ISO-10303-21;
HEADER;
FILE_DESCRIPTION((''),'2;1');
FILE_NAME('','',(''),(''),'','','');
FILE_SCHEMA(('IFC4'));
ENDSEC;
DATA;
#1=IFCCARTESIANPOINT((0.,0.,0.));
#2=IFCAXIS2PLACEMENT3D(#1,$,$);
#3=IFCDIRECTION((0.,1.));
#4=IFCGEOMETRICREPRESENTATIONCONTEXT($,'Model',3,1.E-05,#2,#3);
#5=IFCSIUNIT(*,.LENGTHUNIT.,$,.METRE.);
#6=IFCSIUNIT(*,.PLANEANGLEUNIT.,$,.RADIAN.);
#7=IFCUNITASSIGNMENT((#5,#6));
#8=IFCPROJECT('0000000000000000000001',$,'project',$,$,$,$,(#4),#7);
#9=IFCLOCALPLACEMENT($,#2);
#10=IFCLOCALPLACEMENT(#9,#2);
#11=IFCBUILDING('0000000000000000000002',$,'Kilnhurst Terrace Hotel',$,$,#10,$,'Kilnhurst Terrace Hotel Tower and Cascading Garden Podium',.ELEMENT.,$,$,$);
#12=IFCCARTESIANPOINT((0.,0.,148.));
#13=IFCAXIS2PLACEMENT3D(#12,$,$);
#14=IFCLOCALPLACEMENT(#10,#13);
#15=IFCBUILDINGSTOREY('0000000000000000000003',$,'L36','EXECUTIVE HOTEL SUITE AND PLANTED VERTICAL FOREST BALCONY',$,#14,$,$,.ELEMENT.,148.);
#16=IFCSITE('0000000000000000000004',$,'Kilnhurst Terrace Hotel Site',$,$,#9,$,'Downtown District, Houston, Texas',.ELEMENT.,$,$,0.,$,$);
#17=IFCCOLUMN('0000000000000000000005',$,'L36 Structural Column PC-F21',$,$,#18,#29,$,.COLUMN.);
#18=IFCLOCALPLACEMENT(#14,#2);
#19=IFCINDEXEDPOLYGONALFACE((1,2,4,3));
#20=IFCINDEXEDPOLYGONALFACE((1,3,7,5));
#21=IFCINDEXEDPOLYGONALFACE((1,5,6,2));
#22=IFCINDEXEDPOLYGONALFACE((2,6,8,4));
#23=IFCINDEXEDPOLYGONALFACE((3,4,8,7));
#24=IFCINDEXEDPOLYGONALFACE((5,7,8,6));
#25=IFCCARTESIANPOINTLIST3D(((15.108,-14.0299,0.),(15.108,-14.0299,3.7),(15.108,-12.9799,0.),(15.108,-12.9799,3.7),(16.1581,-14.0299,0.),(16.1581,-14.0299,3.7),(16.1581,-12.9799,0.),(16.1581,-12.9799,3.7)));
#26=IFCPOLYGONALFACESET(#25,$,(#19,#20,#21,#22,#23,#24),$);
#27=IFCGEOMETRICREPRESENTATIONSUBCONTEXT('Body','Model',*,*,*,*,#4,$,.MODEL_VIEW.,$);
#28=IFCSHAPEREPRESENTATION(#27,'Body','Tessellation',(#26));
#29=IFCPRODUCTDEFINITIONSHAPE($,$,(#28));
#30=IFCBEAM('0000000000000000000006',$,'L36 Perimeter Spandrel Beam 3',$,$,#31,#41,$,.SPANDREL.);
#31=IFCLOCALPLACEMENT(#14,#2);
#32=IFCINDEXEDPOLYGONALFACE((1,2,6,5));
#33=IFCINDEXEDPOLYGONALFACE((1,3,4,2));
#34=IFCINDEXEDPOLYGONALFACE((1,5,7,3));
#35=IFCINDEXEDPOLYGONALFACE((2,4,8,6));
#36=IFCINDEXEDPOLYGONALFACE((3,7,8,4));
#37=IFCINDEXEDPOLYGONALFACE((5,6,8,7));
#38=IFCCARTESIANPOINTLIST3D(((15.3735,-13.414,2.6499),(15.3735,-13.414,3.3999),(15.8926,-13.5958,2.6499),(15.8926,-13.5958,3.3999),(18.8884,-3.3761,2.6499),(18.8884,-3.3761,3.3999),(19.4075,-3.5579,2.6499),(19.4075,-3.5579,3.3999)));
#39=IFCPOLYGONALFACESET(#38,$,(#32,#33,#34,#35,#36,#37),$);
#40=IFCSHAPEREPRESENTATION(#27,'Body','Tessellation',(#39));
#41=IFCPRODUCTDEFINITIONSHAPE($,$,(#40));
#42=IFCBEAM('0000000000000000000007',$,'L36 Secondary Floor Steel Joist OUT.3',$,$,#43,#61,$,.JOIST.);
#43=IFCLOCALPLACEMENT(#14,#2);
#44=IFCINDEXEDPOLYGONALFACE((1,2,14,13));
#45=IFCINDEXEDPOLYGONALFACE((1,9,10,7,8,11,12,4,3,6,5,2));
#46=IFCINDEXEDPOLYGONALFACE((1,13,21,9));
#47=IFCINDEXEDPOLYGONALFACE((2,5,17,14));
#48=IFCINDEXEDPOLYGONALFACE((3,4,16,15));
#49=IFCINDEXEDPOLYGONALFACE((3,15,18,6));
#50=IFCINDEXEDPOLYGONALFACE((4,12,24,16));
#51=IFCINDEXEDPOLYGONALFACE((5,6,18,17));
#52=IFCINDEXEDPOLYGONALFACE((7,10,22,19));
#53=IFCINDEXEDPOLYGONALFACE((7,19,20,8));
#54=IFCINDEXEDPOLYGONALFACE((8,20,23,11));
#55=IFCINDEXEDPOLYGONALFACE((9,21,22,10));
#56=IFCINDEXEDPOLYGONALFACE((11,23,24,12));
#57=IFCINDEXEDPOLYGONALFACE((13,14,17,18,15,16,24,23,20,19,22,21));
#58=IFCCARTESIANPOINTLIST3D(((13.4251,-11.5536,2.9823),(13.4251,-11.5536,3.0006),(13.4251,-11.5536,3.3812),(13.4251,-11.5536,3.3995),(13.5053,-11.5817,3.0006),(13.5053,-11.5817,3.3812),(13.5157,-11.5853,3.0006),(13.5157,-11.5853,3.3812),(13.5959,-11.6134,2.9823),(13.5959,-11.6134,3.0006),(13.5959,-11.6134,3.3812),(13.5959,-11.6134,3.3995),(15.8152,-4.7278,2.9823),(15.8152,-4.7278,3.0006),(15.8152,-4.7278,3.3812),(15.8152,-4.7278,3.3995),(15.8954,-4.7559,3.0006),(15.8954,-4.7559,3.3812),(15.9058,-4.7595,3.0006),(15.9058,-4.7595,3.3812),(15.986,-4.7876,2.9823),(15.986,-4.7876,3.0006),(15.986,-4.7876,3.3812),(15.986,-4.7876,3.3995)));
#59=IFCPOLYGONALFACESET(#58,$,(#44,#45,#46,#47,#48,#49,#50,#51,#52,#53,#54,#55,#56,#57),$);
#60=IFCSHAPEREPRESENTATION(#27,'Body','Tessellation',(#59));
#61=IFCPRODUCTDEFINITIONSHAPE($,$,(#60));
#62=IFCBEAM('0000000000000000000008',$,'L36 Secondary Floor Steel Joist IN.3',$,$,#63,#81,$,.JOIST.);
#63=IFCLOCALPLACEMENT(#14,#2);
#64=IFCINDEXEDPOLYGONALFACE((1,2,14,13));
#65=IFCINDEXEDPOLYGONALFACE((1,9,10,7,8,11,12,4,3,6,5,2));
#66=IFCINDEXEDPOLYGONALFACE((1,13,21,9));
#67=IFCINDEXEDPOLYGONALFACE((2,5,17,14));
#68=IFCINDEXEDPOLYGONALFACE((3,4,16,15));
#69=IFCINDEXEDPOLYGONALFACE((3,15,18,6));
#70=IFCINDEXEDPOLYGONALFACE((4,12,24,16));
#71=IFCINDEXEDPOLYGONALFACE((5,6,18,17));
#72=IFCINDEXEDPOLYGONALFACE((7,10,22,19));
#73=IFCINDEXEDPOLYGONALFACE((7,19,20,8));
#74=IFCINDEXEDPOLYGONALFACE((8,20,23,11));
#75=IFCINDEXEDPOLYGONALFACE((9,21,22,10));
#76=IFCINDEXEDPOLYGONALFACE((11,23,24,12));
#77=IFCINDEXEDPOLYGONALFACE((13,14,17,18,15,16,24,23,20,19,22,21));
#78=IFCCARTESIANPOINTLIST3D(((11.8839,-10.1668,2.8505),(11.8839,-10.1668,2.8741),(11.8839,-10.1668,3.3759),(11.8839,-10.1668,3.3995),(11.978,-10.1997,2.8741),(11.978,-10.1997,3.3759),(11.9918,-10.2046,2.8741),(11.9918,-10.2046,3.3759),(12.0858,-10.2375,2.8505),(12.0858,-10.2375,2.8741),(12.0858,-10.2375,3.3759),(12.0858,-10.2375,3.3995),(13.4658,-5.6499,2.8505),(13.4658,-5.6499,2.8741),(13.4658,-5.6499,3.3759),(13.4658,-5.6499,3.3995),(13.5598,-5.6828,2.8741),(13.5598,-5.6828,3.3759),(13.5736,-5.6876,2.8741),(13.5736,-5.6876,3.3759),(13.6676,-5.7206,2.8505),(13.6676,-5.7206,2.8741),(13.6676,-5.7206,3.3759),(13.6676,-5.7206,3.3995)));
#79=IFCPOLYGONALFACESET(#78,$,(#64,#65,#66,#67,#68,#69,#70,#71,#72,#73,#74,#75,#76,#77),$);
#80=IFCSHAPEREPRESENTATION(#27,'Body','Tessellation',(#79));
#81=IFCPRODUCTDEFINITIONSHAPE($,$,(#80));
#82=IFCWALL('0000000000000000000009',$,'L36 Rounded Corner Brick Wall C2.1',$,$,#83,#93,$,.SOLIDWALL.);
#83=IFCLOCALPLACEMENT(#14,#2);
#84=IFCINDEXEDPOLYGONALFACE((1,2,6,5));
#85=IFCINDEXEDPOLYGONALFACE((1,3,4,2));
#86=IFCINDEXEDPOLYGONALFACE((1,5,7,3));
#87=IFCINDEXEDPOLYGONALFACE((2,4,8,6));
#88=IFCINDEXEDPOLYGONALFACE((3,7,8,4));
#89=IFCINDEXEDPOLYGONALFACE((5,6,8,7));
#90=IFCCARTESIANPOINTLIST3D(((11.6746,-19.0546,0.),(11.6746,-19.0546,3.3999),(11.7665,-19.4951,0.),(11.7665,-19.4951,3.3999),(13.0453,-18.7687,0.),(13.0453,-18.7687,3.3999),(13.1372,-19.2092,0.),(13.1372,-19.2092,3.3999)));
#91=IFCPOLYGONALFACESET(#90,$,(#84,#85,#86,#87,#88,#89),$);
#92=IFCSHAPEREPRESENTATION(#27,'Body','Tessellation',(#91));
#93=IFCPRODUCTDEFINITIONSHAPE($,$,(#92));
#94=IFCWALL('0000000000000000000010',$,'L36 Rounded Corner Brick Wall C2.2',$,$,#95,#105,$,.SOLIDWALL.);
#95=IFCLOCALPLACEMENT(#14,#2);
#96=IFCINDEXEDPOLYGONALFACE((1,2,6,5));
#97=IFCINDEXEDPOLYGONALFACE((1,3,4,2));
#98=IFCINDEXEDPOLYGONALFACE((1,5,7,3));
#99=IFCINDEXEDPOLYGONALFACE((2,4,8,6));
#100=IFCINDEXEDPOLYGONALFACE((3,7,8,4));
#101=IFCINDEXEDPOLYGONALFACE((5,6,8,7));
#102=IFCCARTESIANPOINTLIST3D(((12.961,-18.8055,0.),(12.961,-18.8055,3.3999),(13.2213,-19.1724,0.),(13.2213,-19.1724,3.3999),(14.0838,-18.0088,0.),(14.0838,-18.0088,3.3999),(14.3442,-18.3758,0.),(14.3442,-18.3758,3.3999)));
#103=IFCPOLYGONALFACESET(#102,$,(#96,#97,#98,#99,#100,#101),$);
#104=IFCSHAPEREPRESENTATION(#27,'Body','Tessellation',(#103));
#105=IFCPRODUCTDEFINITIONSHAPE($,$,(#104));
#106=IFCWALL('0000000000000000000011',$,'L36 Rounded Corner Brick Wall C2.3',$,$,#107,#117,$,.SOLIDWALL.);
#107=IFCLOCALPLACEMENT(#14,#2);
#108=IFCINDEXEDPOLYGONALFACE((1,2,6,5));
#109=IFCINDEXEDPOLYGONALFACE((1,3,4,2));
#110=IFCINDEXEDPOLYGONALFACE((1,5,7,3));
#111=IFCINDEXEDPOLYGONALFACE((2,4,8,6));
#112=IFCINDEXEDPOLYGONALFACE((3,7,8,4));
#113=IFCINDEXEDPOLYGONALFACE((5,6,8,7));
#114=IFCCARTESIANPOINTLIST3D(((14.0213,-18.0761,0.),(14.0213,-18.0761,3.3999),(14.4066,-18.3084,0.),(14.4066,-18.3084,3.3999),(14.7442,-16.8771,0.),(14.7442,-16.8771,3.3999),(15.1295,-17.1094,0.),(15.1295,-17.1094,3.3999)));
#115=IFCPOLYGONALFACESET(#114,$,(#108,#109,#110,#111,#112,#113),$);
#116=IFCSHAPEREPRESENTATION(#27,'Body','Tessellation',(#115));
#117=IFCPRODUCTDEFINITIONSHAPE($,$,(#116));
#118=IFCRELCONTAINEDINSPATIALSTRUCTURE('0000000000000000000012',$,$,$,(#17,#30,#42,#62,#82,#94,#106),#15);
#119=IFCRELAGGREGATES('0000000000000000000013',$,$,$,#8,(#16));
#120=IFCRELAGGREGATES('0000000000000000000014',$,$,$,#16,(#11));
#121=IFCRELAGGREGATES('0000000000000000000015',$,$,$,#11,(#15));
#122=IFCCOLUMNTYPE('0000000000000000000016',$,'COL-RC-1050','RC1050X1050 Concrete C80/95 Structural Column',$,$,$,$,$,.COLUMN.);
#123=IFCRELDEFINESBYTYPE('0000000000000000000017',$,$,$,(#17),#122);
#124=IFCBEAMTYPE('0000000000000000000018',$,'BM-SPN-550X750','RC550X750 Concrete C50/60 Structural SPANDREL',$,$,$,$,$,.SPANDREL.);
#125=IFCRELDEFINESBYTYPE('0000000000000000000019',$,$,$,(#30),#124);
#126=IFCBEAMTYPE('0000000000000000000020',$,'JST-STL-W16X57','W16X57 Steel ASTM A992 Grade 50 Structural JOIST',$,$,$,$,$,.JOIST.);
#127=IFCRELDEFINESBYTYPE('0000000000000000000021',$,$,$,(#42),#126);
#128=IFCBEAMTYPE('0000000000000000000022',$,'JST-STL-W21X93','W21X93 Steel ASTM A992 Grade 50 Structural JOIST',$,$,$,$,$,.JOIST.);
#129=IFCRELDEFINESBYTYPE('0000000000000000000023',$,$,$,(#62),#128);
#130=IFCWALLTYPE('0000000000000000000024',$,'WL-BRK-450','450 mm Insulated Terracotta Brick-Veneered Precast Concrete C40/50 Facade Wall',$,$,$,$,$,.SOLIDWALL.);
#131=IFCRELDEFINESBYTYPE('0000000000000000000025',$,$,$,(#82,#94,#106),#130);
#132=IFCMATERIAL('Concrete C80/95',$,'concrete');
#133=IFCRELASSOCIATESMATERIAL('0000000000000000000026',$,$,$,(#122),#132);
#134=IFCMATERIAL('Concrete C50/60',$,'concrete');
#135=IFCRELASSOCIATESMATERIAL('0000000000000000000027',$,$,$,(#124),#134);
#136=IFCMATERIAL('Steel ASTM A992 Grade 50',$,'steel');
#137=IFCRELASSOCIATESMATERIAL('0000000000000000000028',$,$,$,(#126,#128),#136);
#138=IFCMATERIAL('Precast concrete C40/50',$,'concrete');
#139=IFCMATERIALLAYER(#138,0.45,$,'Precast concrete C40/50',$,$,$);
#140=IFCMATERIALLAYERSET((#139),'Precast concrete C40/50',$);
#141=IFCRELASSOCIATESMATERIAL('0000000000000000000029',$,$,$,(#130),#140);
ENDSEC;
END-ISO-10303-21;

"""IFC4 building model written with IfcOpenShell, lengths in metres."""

from ifc_helpers import new_model, si_unit, direction, frame, frame_2d, origin, origin_2d, place, context, subcontext, project, spatial, rectangle, i_section, extrude, material, layer, layer_set, material_profile, profile_set, type_object, element, save


model = new_model("IFC4")

# Units and contexts
model_context = context("Model", 3, precision=1e-05, world=origin(), true_north=direction((0.0, 1.0)))
body_context = subcontext(model_context, "Body", "Model", "MODEL_VIEW")
ifc_project = project(units=[si_unit("LENGTHUNIT", "METRE"), si_unit("PLANEANGLEUNIT", "RADIAN")], contexts=[model_context])

# Site, building, storey
site_placement = place(None, origin())
site = spatial("IfcSite", under=ifc_project, at=site_placement, Name="Kilnhurst Terrace Hotel Site", LongName="Downtown District, Houston, Texas", CompositionType="ELEMENT", RefElevation=0.0)
building_placement = place(site_placement, origin())
building = spatial("IfcBuilding", under=site, at=building_placement, Name="Kilnhurst Terrace Hotel", LongName="Kilnhurst Terrace Hotel Tower and Cascading Garden Podium", CompositionType="ELEMENT")
storey_placement = place(building_placement, frame((0.0, 0.0, 148.0)))
storey = spatial("IfcBuildingStorey", under=building, at=storey_placement, Name="L36", Description="EXECUTIVE HOTEL SUITE AND PLANTED VERTICAL FOREST BALCONY", CompositionType="ELEMENT", Elevation=148.0)

# Column
ifc_material_1 = material(Name="Concrete C80/95", Category="concrete")
ifc_material_profile_1 = material_profile(ifc_material_1, rectangle(XDim=1.05, YDim=1.05, at=origin_2d()), Name="RC1050X1050")
ifc_profile_set_1 = profile_set([ifc_material_profile_1], Name="Concrete C80/95")
column_type = type_object("IfcColumnType", Name="COL-RC-1050", Description="RC1050X1050 Concrete C80/95 Structural Column", PredefinedType="COLUMN", material=ifc_profile_set_1)
column_placement = place(storey_placement, frame((15.6331, -13.5049, 0.0), z_axis=(0.0, 0.0, 1.0), x_axis=(1.0, 0.0, 0.0)))
element("IfcColumn", 1, at=column_placement, inside=storey, type_object=column_type, Name="L36 Structural Column PC-F21", PredefinedType="COLUMN", context=body_context, shape_type="SweptSolid", body=[
    extrude(rectangle(XDim=1.05, YDim=1.05, at=origin_2d()), origin(), (0.0, 0.0, 1.0), 3.7),
])

# Beams
ifc_material_2 = material(Name="Concrete C50/60", Category="concrete")
ifc_material_profile_2 = material_profile(ifc_material_2, rectangle(XDim=0.55, YDim=0.75, at=origin_2d()), Name="RC550X750")
ifc_profile_set_2 = profile_set([ifc_material_profile_2], Name="Concrete C50/60")
beam_type_1 = type_object("IfcBeamType", Name="BM-SPN-550X750", Description="RC550X750 Concrete C50/60 Structural SPANDREL", PredefinedType="SPANDREL", material=ifc_profile_set_2)
beam_1_placement = place(storey_placement, frame((15.6331, -13.5049, 3.0249), z_axis=(0.330488, 0.94381, 0.0), x_axis=(-0.94381, 0.330488, 0.0)))
element("IfcBeam", 2, at=beam_1_placement, inside=storey, type_object=beam_type_1, Name="L36 Perimeter Spandrel Beam 3", PredefinedType="SPANDREL", context=body_context, shape_type="SweptSolid", body=[
    extrude(rectangle(XDim=0.55, YDim=0.75, at=origin_2d()), origin(), (0.0, 0.0, 1.0), 10.6355),
])
ifc_material_3 = material(Name="Steel ASTM A992 Grade 50", Category="steel")
ifc_material_profile_3 = material_profile(ifc_material_3, i_section(OverallWidth=0.1809, OverallDepth=0.4172, WebThickness=0.011, FlangeThickness=0.0183, at=origin_2d()), Name="W16X57")
ifc_profile_set_3 = profile_set([ifc_material_profile_3], Name="Steel ASTM A992 Grade 50")
beam_type_2 = type_object("IfcBeamType", Name="JST-STL-W16X57", Description="W16X57 Steel ASTM A992 Grade 50 Structural JOIST", PredefinedType="JOIST", material=ifc_profile_set_3)
beam_2_placement = place(storey_placement, frame((13.5105, -11.5835, 3.1909), z_axis=(0.330481, 0.943813, 0.0), x_axis=(-0.943813, 0.330481, 0.0)))
element("IfcBeam", 3, at=beam_2_placement, inside=storey, type_object=beam_type_2, Name="L36 Secondary Floor Steel Joist OUT.3", PredefinedType="JOIST", context=body_context, shape_type="SweptSolid", body=[
    extrude(i_section(OverallWidth=0.1809, OverallDepth=0.4172, WebThickness=0.011, FlangeThickness=0.0183, at=origin_2d()), origin(), (0.0, 0.0, 1.0), 7.2322),
])
ifc_material_profile_4 = material_profile(ifc_material_3, i_section(OverallWidth=0.2139, OverallDepth=0.5491, WebThickness=0.0146, FlangeThickness=0.0237, at=origin_2d()), Name="W21X93")
ifc_profile_set_4 = profile_set([ifc_material_profile_4], Name="Steel ASTM A992 Grade 50")
beam_type_3 = type_object("IfcBeamType", Name="JST-STL-W21X93", Description="W21X93 Steel ASTM A992 Grade 50 Structural JOIST", PredefinedType="JOIST", material=ifc_profile_set_4)
beam_3_placement = place(storey_placement, frame((11.9849, -10.2021, 3.125), z_axis=(0.330516, 0.9438, 0.0), x_axis=(-0.9438, 0.330516, 0.0)))
element("IfcBeam", 4, at=beam_3_placement, inside=storey, type_object=beam_type_3, Name="L36 Secondary Floor Steel Joist IN.3", PredefinedType="JOIST", context=body_context, shape_type="SweptSolid", body=[
    extrude(i_section(OverallWidth=0.2139, OverallDepth=0.5491, WebThickness=0.0146, FlangeThickness=0.0237, at=origin_2d()), origin(), (0.0, 0.0, 1.0), 4.7859),
])

# Walls
ifc_material_4 = material(Name="Precast concrete C40/50", Category="concrete")
ifc_layer_1 = layer(ifc_material_4, 0.45, Name="Precast concrete C40/50")
ifc_layer_set_1 = layer_set([ifc_layer_1], Name="Precast concrete C40/50")
wall_type_1 = type_object("IfcWallType", Name="WL-BRK-450", Description="450 mm Insulated Terracotta Brick-Veneered Precast Concrete C40/50 Facade Wall", PredefinedType="SOLIDWALL", material=ifc_layer_set_1)
wall_1_placement = place(storey_placement, frame((11.7205, -19.2749, 0.0), z_axis=(0.0, 0.0, 1.0), x_axis=(0.978931, 0.204191, 0.0)))
element("IfcWall", 5, at=wall_1_placement, inside=storey, type_object=wall_type_1, Name="L36 Rounded Corner Brick Wall C2.1", PredefinedType="SOLIDWALL", context=body_context, shape_type="SweptSolid", body=[
    extrude(rectangle(XDim=1.4001, YDim=0.45, at=frame_2d((0.7002, 0.0))), origin(), (0.0, 0.0, 1.0), 3.3999),
])
wall_2_placement = place(storey_placement, frame((13.0911, -18.989, 0.0), z_axis=(0.0, 0.0, 1.0), x_axis=(0.815575, 0.578652, 0.0)))
element("IfcWall", 6, at=wall_2_placement, inside=storey, type_object=wall_type_1, Name="L36 Rounded Corner Brick Wall C2.2", PredefinedType="SOLIDWALL", context=body_context, shape_type="SweptSolid", body=[
    extrude(rectangle(XDim=1.3767, YDim=0.45, at=frame_2d((0.6885, 0.0))), origin(), (0.0, 0.0, 1.0), 3.3999),
])
wall_3_placement = place(storey_placement, frame((14.2139, -18.1924, 0.0), z_axis=(0.0, 0.0, 1.0), x_axis=(0.516341, 0.856383, 0.0)))
element("IfcWall", 7, at=wall_3_placement, inside=storey, type_object=wall_type_1, Name="L36 Rounded Corner Brick Wall C2.3", PredefinedType="SOLIDWALL", context=body_context, shape_type="SweptSolid", body=[
    extrude(rectangle(XDim=1.4001, YDim=0.45, at=frame_2d((0.7002, 0.0))), origin(), (0.0, 0.0, 1.0), 3.3999),
])

save(model, "model.ifc")
